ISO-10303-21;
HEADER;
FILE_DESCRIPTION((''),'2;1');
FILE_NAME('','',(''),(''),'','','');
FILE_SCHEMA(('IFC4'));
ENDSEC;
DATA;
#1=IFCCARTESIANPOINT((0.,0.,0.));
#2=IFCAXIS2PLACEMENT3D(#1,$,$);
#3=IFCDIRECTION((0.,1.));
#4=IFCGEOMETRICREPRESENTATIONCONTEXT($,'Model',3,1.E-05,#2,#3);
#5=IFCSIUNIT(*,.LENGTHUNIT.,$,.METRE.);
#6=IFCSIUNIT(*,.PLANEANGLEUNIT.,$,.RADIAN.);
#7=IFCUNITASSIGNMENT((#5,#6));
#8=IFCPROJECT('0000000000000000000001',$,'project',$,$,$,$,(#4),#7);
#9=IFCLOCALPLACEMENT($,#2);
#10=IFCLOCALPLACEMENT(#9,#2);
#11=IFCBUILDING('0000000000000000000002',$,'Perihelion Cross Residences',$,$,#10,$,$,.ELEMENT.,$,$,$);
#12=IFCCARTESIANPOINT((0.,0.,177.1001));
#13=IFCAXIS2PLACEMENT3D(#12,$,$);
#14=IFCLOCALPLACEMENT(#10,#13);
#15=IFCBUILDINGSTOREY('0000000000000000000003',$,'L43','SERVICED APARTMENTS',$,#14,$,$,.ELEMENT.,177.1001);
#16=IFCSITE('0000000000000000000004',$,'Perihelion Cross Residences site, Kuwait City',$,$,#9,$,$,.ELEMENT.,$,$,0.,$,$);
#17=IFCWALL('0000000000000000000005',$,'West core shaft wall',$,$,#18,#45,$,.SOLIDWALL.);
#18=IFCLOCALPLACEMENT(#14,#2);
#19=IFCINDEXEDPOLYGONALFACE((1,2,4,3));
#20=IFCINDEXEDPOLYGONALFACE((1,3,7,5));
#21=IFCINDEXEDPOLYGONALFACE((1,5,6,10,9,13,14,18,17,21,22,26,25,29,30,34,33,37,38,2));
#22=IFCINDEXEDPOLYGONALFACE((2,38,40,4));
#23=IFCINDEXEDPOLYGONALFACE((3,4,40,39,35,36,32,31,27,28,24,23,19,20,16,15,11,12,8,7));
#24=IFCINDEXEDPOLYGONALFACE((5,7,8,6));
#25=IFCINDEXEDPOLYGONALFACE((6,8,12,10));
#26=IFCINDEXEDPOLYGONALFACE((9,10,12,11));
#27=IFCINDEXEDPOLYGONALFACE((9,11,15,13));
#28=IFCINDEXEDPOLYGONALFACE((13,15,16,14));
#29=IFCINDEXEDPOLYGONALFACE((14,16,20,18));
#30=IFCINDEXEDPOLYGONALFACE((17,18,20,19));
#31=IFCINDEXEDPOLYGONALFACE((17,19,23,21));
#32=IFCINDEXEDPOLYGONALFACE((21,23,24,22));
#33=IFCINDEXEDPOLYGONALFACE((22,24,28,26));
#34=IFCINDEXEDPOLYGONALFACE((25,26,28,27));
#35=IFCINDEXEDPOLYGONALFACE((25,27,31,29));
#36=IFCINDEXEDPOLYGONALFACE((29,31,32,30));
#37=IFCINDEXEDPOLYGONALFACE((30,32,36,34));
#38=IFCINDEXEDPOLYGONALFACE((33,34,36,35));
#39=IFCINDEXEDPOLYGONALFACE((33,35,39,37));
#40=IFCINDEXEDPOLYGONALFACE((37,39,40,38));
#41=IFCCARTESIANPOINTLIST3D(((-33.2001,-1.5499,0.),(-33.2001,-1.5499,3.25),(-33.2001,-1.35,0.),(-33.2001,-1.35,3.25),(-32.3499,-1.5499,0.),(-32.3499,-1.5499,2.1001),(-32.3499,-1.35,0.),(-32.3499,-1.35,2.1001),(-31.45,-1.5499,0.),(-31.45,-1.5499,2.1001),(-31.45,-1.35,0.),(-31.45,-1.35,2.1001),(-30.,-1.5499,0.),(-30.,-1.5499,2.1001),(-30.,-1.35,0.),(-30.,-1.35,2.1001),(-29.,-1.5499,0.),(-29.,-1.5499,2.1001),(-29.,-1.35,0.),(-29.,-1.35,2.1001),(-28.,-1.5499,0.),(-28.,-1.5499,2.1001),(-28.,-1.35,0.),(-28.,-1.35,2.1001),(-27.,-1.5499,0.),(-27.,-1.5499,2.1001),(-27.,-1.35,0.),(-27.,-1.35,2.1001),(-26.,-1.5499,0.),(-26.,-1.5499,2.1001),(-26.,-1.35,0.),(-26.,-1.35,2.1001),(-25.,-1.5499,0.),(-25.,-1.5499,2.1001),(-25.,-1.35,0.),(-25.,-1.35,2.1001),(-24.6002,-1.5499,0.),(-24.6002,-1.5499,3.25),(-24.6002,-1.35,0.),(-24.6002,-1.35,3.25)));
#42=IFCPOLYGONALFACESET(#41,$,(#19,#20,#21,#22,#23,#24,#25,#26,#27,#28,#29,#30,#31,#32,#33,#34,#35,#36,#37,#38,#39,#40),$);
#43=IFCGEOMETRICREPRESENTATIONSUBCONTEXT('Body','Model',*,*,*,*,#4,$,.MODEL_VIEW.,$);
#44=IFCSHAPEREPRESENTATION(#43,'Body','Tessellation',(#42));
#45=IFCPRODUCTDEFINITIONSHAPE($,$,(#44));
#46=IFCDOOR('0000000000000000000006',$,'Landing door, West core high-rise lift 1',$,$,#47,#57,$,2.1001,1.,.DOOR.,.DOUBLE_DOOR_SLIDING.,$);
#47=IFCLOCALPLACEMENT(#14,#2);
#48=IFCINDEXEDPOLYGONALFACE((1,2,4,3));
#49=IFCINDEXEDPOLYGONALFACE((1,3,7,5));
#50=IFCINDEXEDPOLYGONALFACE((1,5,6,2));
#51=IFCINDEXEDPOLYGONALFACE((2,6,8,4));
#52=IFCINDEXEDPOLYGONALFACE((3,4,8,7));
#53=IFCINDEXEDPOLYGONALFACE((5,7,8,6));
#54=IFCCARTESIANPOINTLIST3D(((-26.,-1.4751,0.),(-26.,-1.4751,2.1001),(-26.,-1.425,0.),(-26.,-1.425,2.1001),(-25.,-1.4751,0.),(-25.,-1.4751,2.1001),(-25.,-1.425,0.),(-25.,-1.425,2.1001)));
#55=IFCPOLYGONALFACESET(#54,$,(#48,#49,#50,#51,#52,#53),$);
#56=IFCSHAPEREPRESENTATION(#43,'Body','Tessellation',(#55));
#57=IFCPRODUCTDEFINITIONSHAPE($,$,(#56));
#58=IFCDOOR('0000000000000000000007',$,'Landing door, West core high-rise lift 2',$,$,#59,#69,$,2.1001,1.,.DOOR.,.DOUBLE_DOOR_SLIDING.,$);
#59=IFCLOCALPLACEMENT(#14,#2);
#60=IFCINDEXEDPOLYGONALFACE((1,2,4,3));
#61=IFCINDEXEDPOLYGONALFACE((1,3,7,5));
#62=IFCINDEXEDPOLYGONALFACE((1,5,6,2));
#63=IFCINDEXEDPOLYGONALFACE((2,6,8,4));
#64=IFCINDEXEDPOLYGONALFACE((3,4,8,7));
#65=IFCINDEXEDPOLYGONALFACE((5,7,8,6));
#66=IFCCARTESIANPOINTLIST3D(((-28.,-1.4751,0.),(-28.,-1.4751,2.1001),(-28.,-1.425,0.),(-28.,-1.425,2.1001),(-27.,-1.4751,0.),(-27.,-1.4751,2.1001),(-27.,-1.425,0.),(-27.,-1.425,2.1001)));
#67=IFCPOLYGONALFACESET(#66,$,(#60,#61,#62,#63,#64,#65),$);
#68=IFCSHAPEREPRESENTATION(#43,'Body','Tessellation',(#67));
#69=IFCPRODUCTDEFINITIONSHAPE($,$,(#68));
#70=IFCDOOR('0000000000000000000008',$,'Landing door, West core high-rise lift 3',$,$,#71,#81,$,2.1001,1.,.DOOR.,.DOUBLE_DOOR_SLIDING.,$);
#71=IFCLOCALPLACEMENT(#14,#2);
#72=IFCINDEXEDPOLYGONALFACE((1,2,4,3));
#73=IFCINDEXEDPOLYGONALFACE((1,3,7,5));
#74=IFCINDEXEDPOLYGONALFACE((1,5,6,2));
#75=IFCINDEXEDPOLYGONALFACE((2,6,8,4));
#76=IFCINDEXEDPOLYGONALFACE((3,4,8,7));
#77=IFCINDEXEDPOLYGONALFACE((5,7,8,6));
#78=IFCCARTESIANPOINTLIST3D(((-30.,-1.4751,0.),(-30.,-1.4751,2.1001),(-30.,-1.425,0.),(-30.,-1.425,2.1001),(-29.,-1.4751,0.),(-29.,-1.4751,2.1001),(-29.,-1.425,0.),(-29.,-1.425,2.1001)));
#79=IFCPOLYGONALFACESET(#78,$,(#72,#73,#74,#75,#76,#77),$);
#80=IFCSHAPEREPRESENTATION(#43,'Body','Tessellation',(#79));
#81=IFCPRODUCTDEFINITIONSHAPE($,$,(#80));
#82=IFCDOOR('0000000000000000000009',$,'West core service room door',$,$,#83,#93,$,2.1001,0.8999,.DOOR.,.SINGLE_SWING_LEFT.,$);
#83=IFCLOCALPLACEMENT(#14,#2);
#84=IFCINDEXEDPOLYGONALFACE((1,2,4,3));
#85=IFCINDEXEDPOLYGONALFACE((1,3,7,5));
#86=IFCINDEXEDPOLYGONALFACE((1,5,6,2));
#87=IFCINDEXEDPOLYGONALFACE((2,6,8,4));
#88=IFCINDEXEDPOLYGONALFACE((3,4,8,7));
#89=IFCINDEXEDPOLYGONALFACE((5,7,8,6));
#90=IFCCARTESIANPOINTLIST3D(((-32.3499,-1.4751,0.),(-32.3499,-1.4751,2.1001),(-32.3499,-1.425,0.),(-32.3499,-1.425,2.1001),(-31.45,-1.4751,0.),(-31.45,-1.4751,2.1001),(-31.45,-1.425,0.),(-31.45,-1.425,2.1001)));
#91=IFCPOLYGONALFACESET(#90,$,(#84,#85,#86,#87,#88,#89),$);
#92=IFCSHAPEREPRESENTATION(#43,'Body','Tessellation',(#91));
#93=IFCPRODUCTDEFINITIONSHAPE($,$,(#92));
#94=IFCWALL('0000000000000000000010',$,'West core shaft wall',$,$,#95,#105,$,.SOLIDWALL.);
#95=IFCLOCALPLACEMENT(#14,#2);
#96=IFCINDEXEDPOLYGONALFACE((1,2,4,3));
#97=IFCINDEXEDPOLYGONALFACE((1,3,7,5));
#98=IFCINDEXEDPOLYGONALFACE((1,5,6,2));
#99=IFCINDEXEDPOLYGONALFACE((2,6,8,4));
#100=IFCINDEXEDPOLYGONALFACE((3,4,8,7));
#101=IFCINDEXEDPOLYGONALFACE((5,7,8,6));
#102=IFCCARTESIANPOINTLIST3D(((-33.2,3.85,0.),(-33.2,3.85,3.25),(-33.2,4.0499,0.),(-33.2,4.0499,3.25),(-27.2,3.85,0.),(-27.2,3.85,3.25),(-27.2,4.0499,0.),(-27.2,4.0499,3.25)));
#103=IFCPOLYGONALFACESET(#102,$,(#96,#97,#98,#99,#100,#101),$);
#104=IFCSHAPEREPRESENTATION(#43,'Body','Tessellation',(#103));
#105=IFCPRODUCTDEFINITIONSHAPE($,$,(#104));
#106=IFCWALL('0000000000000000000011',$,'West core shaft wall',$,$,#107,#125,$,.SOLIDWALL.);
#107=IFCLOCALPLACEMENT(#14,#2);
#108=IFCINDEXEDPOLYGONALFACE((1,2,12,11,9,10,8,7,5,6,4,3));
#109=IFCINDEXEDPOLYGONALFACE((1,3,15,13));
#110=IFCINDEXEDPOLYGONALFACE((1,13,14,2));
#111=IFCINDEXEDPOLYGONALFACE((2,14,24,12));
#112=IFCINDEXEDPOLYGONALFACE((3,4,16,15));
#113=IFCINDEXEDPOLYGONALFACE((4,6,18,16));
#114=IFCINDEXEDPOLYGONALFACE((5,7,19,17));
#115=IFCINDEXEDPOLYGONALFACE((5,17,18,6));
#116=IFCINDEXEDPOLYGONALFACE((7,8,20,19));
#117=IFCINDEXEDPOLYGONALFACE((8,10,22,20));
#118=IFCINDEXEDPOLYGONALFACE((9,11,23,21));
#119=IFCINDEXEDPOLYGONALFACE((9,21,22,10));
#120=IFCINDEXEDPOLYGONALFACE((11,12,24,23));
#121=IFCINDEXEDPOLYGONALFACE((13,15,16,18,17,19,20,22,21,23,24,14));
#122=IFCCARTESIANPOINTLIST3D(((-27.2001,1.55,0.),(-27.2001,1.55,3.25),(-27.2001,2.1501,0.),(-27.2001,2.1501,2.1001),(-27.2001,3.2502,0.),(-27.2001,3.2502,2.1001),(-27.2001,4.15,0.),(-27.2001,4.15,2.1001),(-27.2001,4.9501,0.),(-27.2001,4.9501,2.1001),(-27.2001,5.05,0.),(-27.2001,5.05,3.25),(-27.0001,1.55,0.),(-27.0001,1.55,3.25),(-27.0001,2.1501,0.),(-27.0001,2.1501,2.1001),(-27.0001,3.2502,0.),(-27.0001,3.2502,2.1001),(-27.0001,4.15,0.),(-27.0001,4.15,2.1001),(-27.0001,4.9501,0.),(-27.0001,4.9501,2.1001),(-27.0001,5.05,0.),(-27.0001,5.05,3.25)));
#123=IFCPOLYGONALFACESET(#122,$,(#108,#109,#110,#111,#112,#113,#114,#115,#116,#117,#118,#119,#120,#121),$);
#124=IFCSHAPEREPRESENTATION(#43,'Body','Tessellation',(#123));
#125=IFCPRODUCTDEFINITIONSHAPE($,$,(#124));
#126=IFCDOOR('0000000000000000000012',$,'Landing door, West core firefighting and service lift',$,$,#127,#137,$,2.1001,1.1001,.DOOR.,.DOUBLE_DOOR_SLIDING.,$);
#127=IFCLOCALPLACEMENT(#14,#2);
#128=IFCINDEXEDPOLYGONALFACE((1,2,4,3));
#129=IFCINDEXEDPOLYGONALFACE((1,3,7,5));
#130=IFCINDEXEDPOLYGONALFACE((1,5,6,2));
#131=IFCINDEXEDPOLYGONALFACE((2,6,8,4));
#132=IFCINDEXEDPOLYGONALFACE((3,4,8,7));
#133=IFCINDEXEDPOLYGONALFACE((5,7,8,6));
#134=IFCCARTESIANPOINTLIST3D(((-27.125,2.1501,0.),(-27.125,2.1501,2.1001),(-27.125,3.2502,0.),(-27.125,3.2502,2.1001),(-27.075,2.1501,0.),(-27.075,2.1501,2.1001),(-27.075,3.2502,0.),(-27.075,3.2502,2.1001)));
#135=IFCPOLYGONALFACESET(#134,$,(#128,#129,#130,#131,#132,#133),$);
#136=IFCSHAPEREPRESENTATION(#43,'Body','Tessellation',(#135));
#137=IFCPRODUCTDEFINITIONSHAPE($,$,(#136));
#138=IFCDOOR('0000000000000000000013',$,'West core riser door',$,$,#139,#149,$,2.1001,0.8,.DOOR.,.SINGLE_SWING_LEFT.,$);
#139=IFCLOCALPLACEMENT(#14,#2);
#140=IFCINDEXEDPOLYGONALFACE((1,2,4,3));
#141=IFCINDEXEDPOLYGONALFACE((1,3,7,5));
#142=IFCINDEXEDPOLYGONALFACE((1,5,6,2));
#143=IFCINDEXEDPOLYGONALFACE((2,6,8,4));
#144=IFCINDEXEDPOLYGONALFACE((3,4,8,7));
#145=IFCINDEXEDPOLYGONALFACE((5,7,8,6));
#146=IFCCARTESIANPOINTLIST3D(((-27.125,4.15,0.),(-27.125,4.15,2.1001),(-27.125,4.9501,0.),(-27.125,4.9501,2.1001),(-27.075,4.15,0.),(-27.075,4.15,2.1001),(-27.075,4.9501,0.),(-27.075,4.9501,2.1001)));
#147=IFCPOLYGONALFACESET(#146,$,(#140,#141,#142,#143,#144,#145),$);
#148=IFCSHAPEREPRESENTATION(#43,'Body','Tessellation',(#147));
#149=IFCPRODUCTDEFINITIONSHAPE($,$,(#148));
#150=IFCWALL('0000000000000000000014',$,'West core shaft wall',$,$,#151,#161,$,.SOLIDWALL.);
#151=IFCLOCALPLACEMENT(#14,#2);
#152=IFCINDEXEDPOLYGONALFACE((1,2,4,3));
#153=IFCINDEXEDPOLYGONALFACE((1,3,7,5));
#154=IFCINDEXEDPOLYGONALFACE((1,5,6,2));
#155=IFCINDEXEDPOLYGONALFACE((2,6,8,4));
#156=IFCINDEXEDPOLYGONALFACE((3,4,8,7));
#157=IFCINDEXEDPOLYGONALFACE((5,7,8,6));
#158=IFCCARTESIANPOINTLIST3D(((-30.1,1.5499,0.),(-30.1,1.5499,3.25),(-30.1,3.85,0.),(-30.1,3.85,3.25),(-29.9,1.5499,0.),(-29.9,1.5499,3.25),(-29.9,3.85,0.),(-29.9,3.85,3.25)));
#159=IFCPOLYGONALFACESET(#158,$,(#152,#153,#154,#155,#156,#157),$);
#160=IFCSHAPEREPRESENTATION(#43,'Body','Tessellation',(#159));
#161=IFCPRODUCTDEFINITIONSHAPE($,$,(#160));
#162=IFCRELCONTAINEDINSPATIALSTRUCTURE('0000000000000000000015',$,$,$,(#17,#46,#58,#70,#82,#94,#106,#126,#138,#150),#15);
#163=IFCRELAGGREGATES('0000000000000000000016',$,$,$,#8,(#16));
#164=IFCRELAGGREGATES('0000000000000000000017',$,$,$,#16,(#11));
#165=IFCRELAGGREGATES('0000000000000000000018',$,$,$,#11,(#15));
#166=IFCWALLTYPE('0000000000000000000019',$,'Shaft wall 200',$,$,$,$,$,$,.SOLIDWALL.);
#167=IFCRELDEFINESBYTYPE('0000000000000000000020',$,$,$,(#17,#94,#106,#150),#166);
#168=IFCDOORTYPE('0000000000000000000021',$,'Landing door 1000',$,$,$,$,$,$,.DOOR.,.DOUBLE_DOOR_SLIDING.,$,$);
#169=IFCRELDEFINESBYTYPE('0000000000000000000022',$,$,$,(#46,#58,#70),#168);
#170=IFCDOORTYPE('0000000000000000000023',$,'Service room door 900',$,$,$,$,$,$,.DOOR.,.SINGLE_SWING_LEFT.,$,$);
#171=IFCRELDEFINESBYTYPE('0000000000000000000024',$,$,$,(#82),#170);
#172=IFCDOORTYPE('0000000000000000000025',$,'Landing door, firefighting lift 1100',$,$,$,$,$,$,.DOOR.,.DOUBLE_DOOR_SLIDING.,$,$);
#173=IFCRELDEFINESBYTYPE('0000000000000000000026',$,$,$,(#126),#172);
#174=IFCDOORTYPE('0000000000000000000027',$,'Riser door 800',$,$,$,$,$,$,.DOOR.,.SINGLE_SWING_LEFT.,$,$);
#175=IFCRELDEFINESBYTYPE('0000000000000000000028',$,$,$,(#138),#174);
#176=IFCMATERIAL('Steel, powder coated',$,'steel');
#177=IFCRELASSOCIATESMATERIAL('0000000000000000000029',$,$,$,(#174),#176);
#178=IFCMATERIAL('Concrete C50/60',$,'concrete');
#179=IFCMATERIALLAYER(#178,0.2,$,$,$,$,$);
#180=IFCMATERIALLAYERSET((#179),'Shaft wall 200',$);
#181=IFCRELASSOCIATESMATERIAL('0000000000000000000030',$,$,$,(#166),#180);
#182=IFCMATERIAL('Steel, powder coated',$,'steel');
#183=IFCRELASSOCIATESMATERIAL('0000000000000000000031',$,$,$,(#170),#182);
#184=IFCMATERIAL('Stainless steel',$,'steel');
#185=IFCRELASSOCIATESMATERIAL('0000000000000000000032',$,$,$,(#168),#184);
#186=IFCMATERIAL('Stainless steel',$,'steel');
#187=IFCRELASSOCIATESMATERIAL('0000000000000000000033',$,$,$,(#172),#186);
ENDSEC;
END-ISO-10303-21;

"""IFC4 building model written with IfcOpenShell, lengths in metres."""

from ifc_helpers import new_model, si_unit, direction, frame, frame_2d, origin, place, context, subcontext, project, spatial, rectangle, extrude, material, layer, layer_set, type_object, element, fill, save


model = new_model("IFC4")

# Units and contexts
model_context = context("Model", 3, precision=1e-05, world=origin(), true_north=direction((0.0, 1.0)))
body_context = subcontext(model_context, "Body", "Model", "MODEL_VIEW")
ifc_project = project(units=[si_unit("LENGTHUNIT", "METRE"), si_unit("PLANEANGLEUNIT", "RADIAN")], contexts=[model_context])

# Site, building, storey
site_placement = place(None, origin())
site = spatial("IfcSite", under=ifc_project, at=site_placement, Name="Perihelion Cross Residences site, Kuwait City", CompositionType="ELEMENT", RefElevation=0.0)
building_placement = place(site_placement, origin())
building = spatial("IfcBuilding", under=site, at=building_placement, Name="Perihelion Cross Residences", CompositionType="ELEMENT")
storey_placement = place(building_placement, frame((0.0, 0.0, 177.1001)))
storey = spatial("IfcBuildingStorey", under=building, at=storey_placement, Name="L43", Description="SERVICED APARTMENTS", CompositionType="ELEMENT", Elevation=177.1001)

# Shared definitions
ifc_material_1 = material(Name="Steel, powder coated", Category="steel")
door_type_1 = type_object("IfcDoorType", Name="Riser door 800", OperationType="SINGLE_SWING_LEFT", PredefinedType="DOOR", material=ifc_material_1)

# Wall, openings, doors
ifc_material_2 = material(Name="Concrete C50/60", Category="concrete")
ifc_layer_1 = layer(ifc_material_2, 0.2)
ifc_layer_set_1 = layer_set([ifc_layer_1], Name="Shaft wall 200")
wall_type_1 = type_object("IfcWallType", Name="Shaft wall 200", PredefinedType="SOLIDWALL", material=ifc_layer_set_1)
ifc_material_3 = material(Name="Steel, powder coated", Category="steel")
door_type_2 = type_object("IfcDoorType", Name="Service room door 900", OperationType="SINGLE_SWING_LEFT", PredefinedType="DOOR", material=ifc_material_3)
wall_1_placement = place(storey_placement, frame((-33.2, -1.45, 0.0), z_axis=(0.0, 0.0, 1.0), x_axis=(1.0, 0.0, 0.0)))
wall_1 = element("IfcWall", 1, at=wall_1_placement, inside=storey, type_object=wall_type_1, Name="West core shaft wall", PredefinedType="SOLIDWALL", context=body_context, shape_type="SweptSolid", body=[
    extrude(rectangle(XDim=8.5999, YDim=0.2, at=frame_2d((4.2998, 0.0))), origin(), (0.0, 0.0, 1.0), 3.25),
])
opening_1_placement = place(wall_1_placement, frame((7.2, 0.0, 0.0)))
opening_1 = element("IfcOpeningElement", 2, at=opening_1_placement, cuts=wall_1, PredefinedType="OPENING", context=body_context, shape_type="SweptSolid", body=[
    extrude(rectangle(XDim=1.0, YDim=2.1001, at=frame_2d((0.5, 1.05))), frame((0.0, 0.1099, 0.0), z_axis=(0.0, -1.0, 0.0), x_axis=(1.0, 0.0, 0.0)), (0.0, 0.0, 1.0), 0.22),
])
opening_2_placement = place(wall_1_placement, frame((5.2, 0.0, 0.0)))
opening_2 = element("IfcOpeningElement", 3, at=opening_2_placement, cuts=wall_1, PredefinedType="OPENING", context=body_context, shape_type="SweptSolid", body=[
    extrude(rectangle(XDim=1.0, YDim=2.1001, at=frame_2d((0.5, 1.05))), frame((0.0, 0.1099, 0.0), z_axis=(0.0, -1.0, 0.0), x_axis=(1.0, 0.0, 0.0)), (0.0, 0.0, 1.0), 0.22),
])
opening_3_placement = place(wall_1_placement, frame((3.2, 0.0, 0.0)))
opening_3 = element("IfcOpeningElement", 4, at=opening_3_placement, cuts=wall_1, PredefinedType="OPENING", context=body_context, shape_type="SweptSolid", body=[
    extrude(rectangle(XDim=1.0, YDim=2.1001, at=frame_2d((0.5, 1.05))), frame((0.0, 0.1099, 0.0), z_axis=(0.0, -1.0, 0.0), x_axis=(1.0, 0.0, 0.0)), (0.0, 0.0, 1.0), 0.22),
])
opening_4_placement = place(wall_1_placement, frame((0.8501, 0.0, 0.0)))
opening_4 = element("IfcOpeningElement", 5, at=opening_4_placement, cuts=wall_1, PredefinedType="OPENING", context=body_context, shape_type="SweptSolid", body=[
    extrude(rectangle(XDim=0.8999, YDim=2.1001, at=frame_2d((0.45, 1.05))), frame((0.0, 0.1099, 0.0), z_axis=(0.0, -1.0, 0.0), x_axis=(1.0, 0.0, 0.0)), (0.0, 0.0, 1.0), 0.22),
])
ifc_material_4 = material(Name="Stainless steel", Category="steel")
door_type_3 = type_object("IfcDoorType", Name="Landing door 1000", OperationType="DOUBLE_DOOR_SLIDING", PredefinedType="DOOR", material=ifc_material_4)
door_1_placement = place(opening_1_placement, origin())
door_1 = element("IfcDoor", 6, at=door_1_placement, inside=storey, type_object=door_type_3, Name="Landing door, West core high-rise lift 1", OperationType="DOUBLE_DOOR_SLIDING", OverallHeight=2.1001, OverallWidth=1.0, PredefinedType="DOOR", context=body_context, shape_type="SweptSolid", body=[
    extrude(rectangle(XDim=1.0, YDim=2.1001, at=frame_2d((0.5, 1.05))), frame((0.0, 0.0249, 0.0), z_axis=(0.0, -1.0, 0.0), x_axis=(1.0, 0.0, 0.0)), (0.0, 0.0, 1.0), 0.05),
])
fill(opening_1, door_1)
door_2_placement = place(opening_2_placement, origin())
door_2 = element("IfcDoor", 7, at=door_2_placement, inside=storey, type_object=door_type_3, Name="Landing door, West core high-rise lift 2", OperationType="DOUBLE_DOOR_SLIDING", OverallHeight=2.1001, OverallWidth=1.0, PredefinedType="DOOR", context=body_context, shape_type="SweptSolid", body=[
    extrude(rectangle(XDim=1.0, YDim=2.1001, at=frame_2d((0.5, 1.05))), frame((0.0, 0.0249, 0.0), z_axis=(0.0, -1.0, 0.0), x_axis=(1.0, 0.0, 0.0)), (0.0, 0.0, 1.0), 0.05),
])
fill(opening_2, door_2)
door_3_placement = place(opening_3_placement, origin())
door_3 = element("IfcDoor", 8, at=door_3_placement, inside=storey, type_object=door_type_3, Name="Landing door, West core high-rise lift 3", OperationType="DOUBLE_DOOR_SLIDING", OverallHeight=2.1001, OverallWidth=1.0, PredefinedType="DOOR", context=body_context, shape_type="SweptSolid", body=[
    extrude(rectangle(XDim=1.0, YDim=2.1001, at=frame_2d((0.5, 1.05))), frame((0.0, 0.0249, 0.0), z_axis=(0.0, -1.0, 0.0), x_axis=(1.0, 0.0, 0.0)), (0.0, 0.0, 1.0), 0.05),
])
fill(opening_3, door_3)
door_4_placement = place(opening_4_placement, origin())
door_4 = element("IfcDoor", 9, at=door_4_placement, inside=storey, type_object=door_type_2, Name="West core service room door", OperationType="SINGLE_SWING_LEFT", OverallHeight=2.1001, OverallWidth=0.8999, PredefinedType="DOOR", context=body_context, shape_type="SweptSolid", body=[
    extrude(rectangle(XDim=0.8999, YDim=2.1001, at=frame_2d((0.45, 1.05))), frame((0.0, 0.0249, 0.0), z_axis=(0.0, -1.0, 0.0), x_axis=(1.0, 0.0, 0.0)), (0.0, 0.0, 1.0), 0.05),
])
fill(opening_4, door_4)

# Wall
wall_2_placement = place(storey_placement, frame((-33.2, 3.95, 0.0), z_axis=(0.0, 0.0, 1.0), x_axis=(1.0, 0.0, 0.0)))
element("IfcWall", 10, at=wall_2_placement, inside=storey, type_object=wall_type_1, Name="West core shaft wall", PredefinedType="SOLIDWALL", context=body_context, shape_type="SweptSolid", body=[
    extrude(rectangle(XDim=6.0, YDim=0.2, at=frame_2d((3.0, 0.0))), origin(), (0.0, 0.0, 1.0), 3.25),
])

# Wall, openings, doors
wall_3_placement = place(storey_placement, frame((-27.1001, 1.55, 0.0), z_axis=(0.0, 0.0, 1.0), x_axis=(0.0, 1.0, 0.0)))
wall_3 = element("IfcWall", 11, at=wall_3_placement, inside=storey, type_object=wall_type_1, Name="West core shaft wall", PredefinedType="SOLIDWALL", context=body_context, shape_type="SweptSolid", body=[
    extrude(rectangle(XDim=3.5, YDim=0.2, at=frame_2d((1.75, 0.0))), origin(), (0.0, 0.0, 1.0), 3.25),
])
opening_5_placement = place(wall_3_placement, frame((0.6001, 0.0, 0.0)))
opening_5 = element("IfcOpeningElement", 12, at=opening_5_placement, cuts=wall_3, PredefinedType="OPENING", context=body_context, shape_type="SweptSolid", body=[
    extrude(rectangle(XDim=1.1001, YDim=2.1001, at=frame_2d((0.55, 1.05))), frame((0.0, 0.1099, 0.0), z_axis=(0.0, -1.0, 0.0), x_axis=(1.0, 0.0, 0.0)), (0.0, 0.0, 1.0), 0.22),
])
opening_6_placement = place(wall_3_placement, frame((2.6001, 0.0, 0.0)))
opening_6 = element("IfcOpeningElement", 13, at=opening_6_placement, cuts=wall_3, PredefinedType="OPENING", context=body_context, shape_type="SweptSolid", body=[
    extrude(rectangle(XDim=0.8, YDim=2.1001, at=frame_2d((0.3999, 1.05))), frame((0.0, 0.1099, 0.0), z_axis=(0.0, -1.0, 0.0), x_axis=(1.0, 0.0, 0.0)), (0.0, 0.0, 1.0), 0.22),
])
ifc_material_5 = material(Name="Stainless steel", Category="steel")
door_type_4 = type_object("IfcDoorType", Name="Landing door, firefighting lift 1100", OperationType="DOUBLE_DOOR_SLIDING", PredefinedType="DOOR", material=ifc_material_5)
door_5_placement = place(opening_5_placement, origin())
door_5 = element("IfcDoor", 14, at=door_5_placement, inside=storey, type_object=door_type_4, Name="Landing door, West core firefighting and service lift", OperationType="DOUBLE_DOOR_SLIDING", OverallHeight=2.1001, OverallWidth=1.1001, PredefinedType="DOOR", context=body_context, shape_type="SweptSolid", body=[
    extrude(rectangle(XDim=1.1001, YDim=2.1001, at=frame_2d((0.55, 1.05))), frame((0.0, 0.0249, 0.0), z_axis=(0.0, -1.0, 0.0), x_axis=(1.0, 0.0, 0.0)), (0.0, 0.0, 1.0), 0.05),
])
fill(opening_5, door_5)
door_6_placement = place(opening_6_placement, origin())
door_6 = element("IfcDoor", 15, at=door_6_placement, inside=storey, type_object=door_type_1, Name="West core riser door", OperationType="SINGLE_SWING_LEFT", OverallHeight=2.1001, OverallWidth=0.8, PredefinedType="DOOR", context=body_context, shape_type="SweptSolid", body=[
    extrude(rectangle(XDim=0.8, YDim=2.1001, at=frame_2d((0.3999, 1.05))), frame((0.0, 0.0249, 0.0), z_axis=(0.0, -1.0, 0.0), x_axis=(1.0, 0.0, 0.0)), (0.0, 0.0, 1.0), 0.05),
])
fill(opening_6, door_6)

# Wall
for number, where, z_axis, x_axis, name in (
    (16, (-30.0, 1.55, 0.0), (0.0, 0.0, 1.0), (0.0, 1.0, 0.0), "West core shaft wall"),
):
    element("IfcWall", number, at=place(storey_placement, frame(where, z_axis=z_axis, x_axis=x_axis)), inside=storey, type_object=wall_type_1, Name=name, PredefinedType="SOLIDWALL", context=body_context, shape_type="SweptSolid", body=[
        extrude(rectangle(XDim=2.3, YDim=0.2, at=frame_2d((1.1499, 0.0))), origin(), (0.0, 0.0, 1.0), 3.25),
    ])

save(model, "model.ifc")
